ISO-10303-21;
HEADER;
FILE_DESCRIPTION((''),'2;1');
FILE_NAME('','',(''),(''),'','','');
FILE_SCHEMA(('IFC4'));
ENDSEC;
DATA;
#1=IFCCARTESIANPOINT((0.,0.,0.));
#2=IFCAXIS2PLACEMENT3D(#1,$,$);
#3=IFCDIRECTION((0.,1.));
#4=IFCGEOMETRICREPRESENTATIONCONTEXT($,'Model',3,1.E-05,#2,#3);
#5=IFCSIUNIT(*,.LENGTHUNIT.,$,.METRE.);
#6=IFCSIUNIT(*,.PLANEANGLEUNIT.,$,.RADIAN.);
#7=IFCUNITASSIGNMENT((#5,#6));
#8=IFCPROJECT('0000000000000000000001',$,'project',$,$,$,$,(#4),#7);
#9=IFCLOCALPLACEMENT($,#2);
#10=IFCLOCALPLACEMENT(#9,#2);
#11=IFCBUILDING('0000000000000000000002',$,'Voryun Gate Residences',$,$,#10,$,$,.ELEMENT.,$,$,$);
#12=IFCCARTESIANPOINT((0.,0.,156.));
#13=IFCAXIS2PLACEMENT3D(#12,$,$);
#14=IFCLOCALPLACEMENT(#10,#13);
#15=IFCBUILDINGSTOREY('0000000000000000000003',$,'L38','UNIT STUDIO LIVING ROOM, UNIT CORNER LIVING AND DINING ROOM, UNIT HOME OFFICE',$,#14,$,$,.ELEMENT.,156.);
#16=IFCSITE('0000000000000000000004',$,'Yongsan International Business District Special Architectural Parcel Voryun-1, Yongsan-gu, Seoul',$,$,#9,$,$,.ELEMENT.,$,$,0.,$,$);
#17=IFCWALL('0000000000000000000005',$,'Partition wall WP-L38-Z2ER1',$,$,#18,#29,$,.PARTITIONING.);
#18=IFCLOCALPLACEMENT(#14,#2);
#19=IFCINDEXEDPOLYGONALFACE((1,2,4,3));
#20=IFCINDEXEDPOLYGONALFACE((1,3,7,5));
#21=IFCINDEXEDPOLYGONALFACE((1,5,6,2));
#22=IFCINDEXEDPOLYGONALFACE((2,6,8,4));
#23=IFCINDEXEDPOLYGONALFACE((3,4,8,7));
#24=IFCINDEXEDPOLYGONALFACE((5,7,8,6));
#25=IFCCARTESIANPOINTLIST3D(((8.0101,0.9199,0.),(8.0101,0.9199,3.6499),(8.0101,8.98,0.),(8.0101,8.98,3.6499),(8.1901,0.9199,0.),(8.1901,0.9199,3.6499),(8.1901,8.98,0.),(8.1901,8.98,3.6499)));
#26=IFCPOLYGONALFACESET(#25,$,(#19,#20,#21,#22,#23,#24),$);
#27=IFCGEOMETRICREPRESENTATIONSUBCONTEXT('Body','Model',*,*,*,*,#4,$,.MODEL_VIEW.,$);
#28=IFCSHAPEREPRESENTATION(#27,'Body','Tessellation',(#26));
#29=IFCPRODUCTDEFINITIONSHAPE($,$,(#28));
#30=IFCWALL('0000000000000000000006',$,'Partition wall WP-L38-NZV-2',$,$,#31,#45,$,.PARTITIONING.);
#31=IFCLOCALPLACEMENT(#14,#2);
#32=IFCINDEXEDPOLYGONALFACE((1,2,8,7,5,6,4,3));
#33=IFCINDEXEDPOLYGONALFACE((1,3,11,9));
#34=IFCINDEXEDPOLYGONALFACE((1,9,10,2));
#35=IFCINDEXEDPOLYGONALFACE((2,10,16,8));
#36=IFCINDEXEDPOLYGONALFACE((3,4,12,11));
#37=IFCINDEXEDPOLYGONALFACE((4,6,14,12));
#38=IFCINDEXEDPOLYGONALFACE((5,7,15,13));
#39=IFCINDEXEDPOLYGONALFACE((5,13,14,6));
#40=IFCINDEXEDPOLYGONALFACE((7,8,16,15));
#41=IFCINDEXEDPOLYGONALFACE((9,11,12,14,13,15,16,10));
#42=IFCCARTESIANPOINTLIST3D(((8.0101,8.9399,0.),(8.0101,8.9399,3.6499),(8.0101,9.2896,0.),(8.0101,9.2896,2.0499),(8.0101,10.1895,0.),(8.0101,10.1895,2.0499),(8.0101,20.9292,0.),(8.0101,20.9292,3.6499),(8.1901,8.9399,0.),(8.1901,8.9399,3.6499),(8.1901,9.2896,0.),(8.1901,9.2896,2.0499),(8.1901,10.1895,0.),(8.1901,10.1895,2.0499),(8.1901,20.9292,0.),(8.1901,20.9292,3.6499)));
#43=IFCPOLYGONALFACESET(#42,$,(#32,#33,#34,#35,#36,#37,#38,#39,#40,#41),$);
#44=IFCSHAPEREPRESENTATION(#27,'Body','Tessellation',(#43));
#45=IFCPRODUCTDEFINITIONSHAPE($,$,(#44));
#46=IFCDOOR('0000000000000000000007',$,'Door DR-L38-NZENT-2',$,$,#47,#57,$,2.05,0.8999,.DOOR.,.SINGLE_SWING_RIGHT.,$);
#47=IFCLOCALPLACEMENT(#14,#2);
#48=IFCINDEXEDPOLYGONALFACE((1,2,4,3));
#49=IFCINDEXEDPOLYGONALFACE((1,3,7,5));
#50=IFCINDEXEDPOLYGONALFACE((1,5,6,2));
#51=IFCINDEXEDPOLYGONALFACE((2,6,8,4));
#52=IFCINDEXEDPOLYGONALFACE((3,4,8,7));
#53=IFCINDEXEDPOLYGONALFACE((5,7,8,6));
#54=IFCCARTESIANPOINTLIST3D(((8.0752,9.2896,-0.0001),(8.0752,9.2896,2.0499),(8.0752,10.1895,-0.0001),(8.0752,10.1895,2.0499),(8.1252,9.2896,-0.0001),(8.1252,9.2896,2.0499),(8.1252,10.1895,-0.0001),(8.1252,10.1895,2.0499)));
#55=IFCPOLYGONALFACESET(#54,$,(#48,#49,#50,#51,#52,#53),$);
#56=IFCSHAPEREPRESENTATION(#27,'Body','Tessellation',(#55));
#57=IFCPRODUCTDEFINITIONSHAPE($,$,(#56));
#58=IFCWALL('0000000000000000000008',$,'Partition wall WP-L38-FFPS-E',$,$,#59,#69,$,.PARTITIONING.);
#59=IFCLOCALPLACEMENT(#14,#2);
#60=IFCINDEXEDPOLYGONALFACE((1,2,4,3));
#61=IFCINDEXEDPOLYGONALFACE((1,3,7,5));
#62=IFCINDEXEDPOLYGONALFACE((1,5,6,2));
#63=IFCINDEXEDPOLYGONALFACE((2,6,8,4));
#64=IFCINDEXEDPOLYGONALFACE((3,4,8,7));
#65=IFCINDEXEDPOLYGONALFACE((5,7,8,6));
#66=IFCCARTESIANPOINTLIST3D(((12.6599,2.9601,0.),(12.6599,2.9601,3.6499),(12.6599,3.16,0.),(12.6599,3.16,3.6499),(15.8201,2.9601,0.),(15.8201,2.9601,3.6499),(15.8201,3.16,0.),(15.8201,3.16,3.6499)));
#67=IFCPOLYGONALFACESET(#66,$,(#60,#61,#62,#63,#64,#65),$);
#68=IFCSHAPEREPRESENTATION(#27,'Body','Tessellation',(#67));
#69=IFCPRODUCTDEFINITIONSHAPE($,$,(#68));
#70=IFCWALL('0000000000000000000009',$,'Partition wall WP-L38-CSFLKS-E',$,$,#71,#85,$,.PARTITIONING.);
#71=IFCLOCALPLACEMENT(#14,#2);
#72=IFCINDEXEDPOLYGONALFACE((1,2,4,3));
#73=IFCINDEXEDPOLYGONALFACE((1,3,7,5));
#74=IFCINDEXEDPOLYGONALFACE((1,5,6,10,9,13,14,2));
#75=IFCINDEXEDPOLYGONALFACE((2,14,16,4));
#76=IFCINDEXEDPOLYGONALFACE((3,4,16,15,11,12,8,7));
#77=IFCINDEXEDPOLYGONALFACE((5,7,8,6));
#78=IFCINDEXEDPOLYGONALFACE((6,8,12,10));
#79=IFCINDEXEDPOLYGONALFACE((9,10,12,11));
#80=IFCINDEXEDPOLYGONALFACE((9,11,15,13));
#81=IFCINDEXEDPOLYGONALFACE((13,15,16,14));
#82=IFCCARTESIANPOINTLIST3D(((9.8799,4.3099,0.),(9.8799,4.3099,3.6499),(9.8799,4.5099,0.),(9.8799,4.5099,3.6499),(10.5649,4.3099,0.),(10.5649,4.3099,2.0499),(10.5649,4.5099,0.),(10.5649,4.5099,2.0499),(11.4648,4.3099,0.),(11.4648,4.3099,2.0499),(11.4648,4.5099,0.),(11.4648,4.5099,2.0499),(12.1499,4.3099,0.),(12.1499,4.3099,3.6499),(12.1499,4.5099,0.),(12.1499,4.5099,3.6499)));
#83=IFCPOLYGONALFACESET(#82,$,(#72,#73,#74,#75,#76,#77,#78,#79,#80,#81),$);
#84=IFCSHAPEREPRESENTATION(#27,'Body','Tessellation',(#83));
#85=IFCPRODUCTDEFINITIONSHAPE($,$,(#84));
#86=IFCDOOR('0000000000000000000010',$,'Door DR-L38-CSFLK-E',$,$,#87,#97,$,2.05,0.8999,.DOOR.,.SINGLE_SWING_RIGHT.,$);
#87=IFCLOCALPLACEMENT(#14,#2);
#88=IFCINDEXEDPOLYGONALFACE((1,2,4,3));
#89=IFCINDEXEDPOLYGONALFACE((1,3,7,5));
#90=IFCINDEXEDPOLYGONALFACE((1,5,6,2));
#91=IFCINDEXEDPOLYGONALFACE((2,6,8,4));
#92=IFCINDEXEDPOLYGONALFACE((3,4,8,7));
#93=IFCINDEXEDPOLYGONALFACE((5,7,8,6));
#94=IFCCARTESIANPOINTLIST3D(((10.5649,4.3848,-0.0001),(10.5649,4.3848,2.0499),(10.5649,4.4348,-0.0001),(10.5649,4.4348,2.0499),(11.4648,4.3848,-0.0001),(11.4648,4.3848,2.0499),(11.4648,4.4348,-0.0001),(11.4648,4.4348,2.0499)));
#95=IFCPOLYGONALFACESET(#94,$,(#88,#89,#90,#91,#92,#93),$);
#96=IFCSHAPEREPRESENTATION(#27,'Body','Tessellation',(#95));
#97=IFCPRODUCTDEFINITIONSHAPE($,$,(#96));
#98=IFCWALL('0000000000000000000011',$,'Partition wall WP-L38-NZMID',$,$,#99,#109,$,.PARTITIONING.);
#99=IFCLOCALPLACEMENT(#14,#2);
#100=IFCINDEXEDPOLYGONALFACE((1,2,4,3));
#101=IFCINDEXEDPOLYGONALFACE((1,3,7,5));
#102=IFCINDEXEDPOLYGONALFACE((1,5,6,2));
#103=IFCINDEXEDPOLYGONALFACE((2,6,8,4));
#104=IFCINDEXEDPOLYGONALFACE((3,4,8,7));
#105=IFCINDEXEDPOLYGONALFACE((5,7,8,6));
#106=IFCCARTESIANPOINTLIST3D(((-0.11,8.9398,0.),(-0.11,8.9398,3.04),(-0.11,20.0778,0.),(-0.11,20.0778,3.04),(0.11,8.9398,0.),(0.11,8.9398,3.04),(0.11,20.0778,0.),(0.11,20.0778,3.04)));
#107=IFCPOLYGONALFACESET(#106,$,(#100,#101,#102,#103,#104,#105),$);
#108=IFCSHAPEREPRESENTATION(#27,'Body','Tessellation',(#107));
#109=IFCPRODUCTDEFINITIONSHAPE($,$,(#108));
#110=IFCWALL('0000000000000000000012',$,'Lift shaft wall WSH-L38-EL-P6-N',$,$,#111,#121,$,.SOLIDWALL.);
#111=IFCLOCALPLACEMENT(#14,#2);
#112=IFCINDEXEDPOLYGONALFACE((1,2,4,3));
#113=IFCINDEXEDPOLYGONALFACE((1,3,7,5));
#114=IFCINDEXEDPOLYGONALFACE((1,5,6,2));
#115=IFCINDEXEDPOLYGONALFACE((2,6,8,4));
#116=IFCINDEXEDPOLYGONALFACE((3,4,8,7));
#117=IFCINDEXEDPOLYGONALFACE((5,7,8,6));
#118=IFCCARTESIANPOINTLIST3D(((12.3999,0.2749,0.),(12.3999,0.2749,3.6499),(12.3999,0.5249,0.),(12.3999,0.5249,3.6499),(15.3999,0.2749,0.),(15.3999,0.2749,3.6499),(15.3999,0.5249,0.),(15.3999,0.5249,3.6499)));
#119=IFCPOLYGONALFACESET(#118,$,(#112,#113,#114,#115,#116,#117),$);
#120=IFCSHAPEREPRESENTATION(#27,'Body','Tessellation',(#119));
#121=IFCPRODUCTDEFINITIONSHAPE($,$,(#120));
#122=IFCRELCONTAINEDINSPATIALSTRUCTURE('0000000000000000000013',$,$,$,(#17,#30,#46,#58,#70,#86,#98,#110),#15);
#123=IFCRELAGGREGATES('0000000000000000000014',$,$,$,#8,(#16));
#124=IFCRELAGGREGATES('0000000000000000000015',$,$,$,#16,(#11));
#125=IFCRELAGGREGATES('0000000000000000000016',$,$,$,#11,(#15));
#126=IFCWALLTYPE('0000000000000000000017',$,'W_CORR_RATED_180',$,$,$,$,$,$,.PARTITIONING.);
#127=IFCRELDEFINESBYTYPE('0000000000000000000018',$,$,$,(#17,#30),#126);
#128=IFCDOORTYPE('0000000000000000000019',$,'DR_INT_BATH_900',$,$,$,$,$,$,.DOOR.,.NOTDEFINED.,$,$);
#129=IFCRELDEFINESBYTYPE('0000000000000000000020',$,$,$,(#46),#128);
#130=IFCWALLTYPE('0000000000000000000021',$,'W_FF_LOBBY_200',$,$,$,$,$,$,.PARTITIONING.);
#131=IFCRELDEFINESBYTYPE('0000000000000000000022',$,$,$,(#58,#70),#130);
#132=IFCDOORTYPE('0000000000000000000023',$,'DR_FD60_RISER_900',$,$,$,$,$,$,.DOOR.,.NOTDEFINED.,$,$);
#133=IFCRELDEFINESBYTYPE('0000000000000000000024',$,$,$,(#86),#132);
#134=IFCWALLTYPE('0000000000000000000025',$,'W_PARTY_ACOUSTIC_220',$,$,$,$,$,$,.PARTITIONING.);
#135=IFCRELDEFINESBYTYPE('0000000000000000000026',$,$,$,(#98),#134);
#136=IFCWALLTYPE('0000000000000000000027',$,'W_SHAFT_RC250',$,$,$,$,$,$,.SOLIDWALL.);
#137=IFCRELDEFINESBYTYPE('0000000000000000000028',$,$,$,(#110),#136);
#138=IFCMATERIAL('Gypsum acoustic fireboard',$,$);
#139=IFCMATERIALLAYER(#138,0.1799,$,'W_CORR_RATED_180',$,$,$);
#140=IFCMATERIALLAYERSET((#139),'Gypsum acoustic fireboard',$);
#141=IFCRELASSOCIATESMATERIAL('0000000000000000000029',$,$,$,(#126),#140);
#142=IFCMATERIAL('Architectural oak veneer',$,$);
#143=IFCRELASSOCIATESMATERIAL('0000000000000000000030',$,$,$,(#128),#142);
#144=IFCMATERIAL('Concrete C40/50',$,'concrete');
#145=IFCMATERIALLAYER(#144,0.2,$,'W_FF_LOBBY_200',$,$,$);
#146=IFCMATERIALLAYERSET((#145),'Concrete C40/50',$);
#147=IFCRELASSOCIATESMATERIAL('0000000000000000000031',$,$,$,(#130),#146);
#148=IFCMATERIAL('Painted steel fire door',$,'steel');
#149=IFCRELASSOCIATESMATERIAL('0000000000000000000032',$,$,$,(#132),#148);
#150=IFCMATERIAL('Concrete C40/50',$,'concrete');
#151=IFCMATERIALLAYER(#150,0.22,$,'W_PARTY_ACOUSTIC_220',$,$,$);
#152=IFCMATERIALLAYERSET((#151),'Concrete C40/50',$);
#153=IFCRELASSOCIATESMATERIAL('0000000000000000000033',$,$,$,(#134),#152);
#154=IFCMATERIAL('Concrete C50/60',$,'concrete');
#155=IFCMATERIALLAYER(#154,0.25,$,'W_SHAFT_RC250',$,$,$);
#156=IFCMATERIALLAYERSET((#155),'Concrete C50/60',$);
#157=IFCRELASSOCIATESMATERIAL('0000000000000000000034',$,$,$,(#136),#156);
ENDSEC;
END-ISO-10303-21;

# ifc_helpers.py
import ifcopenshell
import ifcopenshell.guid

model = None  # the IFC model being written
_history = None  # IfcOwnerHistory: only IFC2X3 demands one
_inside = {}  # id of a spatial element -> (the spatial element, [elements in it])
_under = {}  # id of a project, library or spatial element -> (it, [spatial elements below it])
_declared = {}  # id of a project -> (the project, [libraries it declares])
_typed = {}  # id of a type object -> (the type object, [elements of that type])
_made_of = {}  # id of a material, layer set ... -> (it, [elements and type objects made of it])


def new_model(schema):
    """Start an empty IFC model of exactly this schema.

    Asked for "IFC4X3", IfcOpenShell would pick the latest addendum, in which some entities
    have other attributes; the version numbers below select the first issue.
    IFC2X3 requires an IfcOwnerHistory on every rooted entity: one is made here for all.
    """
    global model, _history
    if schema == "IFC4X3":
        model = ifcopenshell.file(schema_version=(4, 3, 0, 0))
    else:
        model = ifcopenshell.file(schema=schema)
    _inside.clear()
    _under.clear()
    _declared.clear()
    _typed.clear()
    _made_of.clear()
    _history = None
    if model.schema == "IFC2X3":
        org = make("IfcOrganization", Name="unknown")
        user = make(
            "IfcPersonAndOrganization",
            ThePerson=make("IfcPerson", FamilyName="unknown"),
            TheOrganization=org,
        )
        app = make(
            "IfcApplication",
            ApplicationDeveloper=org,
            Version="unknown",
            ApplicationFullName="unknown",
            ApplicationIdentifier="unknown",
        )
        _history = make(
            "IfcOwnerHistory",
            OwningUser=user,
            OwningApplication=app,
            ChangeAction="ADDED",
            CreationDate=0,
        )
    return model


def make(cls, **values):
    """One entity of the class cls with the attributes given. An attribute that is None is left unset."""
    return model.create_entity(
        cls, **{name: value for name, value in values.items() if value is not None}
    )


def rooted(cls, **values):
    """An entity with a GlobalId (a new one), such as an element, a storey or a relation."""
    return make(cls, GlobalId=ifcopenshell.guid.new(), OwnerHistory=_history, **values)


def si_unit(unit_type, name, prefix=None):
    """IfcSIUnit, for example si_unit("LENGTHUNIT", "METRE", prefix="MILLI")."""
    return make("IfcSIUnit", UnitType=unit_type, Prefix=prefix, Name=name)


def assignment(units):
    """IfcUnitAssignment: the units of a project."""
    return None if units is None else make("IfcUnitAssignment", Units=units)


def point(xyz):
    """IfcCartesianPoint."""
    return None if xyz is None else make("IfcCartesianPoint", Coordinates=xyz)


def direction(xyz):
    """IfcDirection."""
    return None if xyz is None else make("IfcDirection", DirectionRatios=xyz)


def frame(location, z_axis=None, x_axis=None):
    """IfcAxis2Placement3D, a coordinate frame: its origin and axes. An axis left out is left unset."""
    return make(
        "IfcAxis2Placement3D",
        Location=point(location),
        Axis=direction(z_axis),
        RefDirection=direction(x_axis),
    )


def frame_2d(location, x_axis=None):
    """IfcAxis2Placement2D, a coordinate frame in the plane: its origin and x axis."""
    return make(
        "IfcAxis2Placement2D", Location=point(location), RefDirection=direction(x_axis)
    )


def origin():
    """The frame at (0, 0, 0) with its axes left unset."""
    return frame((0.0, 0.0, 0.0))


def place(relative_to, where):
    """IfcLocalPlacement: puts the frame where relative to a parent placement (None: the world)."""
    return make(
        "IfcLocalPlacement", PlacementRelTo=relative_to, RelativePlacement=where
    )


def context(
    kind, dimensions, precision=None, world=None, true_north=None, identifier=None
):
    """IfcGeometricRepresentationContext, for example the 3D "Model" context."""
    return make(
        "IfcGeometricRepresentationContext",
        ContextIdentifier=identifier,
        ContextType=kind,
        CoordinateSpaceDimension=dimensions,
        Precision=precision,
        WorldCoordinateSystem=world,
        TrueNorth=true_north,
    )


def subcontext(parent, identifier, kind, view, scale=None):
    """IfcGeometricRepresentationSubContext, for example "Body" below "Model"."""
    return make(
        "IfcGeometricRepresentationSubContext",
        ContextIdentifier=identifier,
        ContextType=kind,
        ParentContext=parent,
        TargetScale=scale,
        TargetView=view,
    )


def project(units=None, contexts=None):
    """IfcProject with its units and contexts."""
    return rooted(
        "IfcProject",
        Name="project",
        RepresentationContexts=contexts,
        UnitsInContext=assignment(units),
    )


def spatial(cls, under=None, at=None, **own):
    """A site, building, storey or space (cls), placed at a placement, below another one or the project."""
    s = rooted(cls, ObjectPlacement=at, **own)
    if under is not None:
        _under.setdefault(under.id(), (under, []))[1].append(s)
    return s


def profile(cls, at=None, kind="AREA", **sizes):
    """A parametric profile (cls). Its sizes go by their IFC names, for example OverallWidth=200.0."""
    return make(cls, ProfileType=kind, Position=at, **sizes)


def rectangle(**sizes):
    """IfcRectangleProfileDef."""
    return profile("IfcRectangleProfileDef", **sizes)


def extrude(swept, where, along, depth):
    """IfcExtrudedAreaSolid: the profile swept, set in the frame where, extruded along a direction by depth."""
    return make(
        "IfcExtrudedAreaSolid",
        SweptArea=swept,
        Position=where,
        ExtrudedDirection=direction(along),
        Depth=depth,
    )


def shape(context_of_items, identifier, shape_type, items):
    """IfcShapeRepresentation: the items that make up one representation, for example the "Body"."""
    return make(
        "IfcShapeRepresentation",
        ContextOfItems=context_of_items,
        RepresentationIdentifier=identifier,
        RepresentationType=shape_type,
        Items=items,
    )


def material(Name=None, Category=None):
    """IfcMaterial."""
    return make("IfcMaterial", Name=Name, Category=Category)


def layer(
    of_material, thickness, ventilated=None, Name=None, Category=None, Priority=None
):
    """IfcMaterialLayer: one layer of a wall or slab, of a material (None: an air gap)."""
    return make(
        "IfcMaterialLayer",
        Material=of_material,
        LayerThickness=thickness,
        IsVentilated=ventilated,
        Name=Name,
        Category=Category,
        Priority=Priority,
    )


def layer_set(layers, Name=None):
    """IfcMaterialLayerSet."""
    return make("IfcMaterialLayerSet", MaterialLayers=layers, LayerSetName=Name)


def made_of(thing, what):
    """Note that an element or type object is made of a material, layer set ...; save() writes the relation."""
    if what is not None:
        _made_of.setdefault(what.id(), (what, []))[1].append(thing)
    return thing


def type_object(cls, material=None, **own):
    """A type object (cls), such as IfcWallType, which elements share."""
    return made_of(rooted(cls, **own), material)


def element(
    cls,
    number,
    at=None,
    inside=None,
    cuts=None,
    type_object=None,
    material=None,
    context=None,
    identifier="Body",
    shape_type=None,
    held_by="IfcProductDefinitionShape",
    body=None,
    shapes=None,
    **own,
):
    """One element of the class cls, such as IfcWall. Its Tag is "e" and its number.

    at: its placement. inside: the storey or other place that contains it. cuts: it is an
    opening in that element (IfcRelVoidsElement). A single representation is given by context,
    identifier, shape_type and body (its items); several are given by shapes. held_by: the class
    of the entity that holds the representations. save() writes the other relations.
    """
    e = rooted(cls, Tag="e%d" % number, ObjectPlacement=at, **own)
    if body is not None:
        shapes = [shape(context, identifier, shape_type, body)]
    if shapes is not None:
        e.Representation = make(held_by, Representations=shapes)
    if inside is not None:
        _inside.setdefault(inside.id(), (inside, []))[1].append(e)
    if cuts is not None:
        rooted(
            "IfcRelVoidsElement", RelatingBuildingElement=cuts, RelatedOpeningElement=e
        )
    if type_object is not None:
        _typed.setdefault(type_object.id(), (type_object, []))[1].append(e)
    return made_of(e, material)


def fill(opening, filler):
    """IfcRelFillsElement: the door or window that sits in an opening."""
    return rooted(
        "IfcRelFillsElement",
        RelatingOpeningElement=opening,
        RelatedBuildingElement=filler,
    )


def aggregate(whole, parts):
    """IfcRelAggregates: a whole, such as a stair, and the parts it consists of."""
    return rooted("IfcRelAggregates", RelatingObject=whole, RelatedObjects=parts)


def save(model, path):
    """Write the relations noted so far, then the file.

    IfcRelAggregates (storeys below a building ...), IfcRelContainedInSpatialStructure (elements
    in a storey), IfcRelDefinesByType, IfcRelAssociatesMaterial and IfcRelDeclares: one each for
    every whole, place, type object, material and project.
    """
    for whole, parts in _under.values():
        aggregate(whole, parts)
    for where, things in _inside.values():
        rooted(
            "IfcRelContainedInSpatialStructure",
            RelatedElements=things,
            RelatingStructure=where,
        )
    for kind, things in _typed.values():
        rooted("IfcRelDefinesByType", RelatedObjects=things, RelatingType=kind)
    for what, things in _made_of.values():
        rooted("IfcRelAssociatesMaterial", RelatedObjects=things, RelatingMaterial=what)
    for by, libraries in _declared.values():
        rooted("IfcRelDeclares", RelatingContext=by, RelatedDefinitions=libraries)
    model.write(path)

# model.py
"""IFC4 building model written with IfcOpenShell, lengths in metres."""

from ifc_helpers import new_model, si_unit, direction, frame, frame_2d, origin, place, context, subcontext, project, spatial, rectangle, extrude, material, layer, layer_set, type_object, element, fill, save


model = new_model("IFC4")

# Units and contexts
model_context = context("Model", 3, precision=1e-05, world=origin(), true_north=direction((0.0, 1.0)))
body_context = subcontext(model_context, "Body", "Model", "MODEL_VIEW")
ifc_project = project(units=[si_unit("LENGTHUNIT", "METRE"), si_unit("PLANEANGLEUNIT", "RADIAN")], contexts=[model_context])

# Site, building, storey
site_placement = place(None, origin())
site = spatial("IfcSite", under=ifc_project, at=site_placement, Name="Yongsan International Business District Special Architectural Parcel Voryun-1, Yongsan-gu, Seoul", CompositionType="ELEMENT", RefElevation=0.0)
building_placement = place(site_placement, origin())
building = spatial("IfcBuilding", under=site, at=building_placement, Name="Voryun Gate Residences", CompositionType="ELEMENT")
storey_placement = place(building_placement, frame((0.0, 0.0, 156.0)))
storey = spatial("IfcBuildingStorey", under=building, at=storey_placement, Name="L38", Description="UNIT STUDIO LIVING ROOM, UNIT CORNER LIVING AND DINING ROOM, UNIT HOME OFFICE", CompositionType="ELEMENT", Elevation=156.0)

# Wall
ifc_material_1 = material(Name="Gypsum acoustic fireboard")
ifc_layer_1 = layer(ifc_material_1, 0.1799, Name="W_CORR_RATED_180")
ifc_layer_set_1 = layer_set([ifc_layer_1], Name="Gypsum acoustic fireboard")
wall_type_1 = type_object("IfcWallType", Name="W_CORR_RATED_180", PredefinedType="PARTITIONING", material=ifc_layer_set_1)
wall_1_placement = place(storey_placement, frame((8.1001, 0.9199, 0.0), z_axis=(0.0, 0.0, 1.0), x_axis=(0.0, 1.0, 0.0)))
element("IfcWall", 1, at=wall_1_placement, inside=storey, type_object=wall_type_1, Name="Partition wall WP-L38-Z2ER1", PredefinedType="PARTITIONING", context=body_context, shape_type="SweptSolid", body=[
    extrude(rectangle(XDim=8.0601, YDim=0.1799, at=frame_2d((4.03, 0.0))), origin(), (0.0, 0.0, 1.0), 3.6499),
])

# Wall, opening, door
wall_2_placement = place(storey_placement, frame((8.1001, 8.9399, 0.0), z_axis=(0.0, 0.0, 1.0), x_axis=(0.0, 1.0, 0.0)))
wall_2 = element("IfcWall", 2, at=wall_2_placement, inside=storey, type_object=wall_type_1, Name="Partition wall WP-L38-NZV-2", PredefinedType="PARTITIONING", context=body_context, shape_type="SweptSolid", body=[
    extrude(rectangle(XDim=11.9893, YDim=0.1799, at=frame_2d((5.9946, 0.0))), origin(), (0.0, 0.0, 1.0), 3.6499),
])
opening_1_placement = place(wall_2_placement, frame((0.3496, 0.0, 0.0)))
opening_1 = element("IfcOpeningElement", 3, at=opening_1_placement, cuts=wall_2, PredefinedType="OPENING", context=body_context, shape_type="SweptSolid", body=[
    extrude(rectangle(XDim=0.8999, YDim=2.05, at=frame_2d((0.45, 1.0249))), frame((0.0, 0.0999, 0.0), z_axis=(0.0, -1.0, 0.0), x_axis=(1.0, 0.0, 0.0)), (0.0, 0.0, 1.0), 0.2),
])
ifc_material_2 = material(Name="Architectural oak veneer")
door_type_1 = type_object("IfcDoorType", Name="DR_INT_BATH_900", OperationType="NOTDEFINED", PredefinedType="DOOR", material=ifc_material_2)
door_1_placement = place(opening_1_placement, origin())
door_1 = element("IfcDoor", 4, at=door_1_placement, inside=storey, type_object=door_type_1, Name="Door DR-L38-NZENT-2", OperationType="SINGLE_SWING_RIGHT", OverallHeight=2.05, OverallWidth=0.8999, PredefinedType="DOOR", context=body_context, shape_type="SweptSolid", body=[
    extrude(rectangle(XDim=0.8999, YDim=2.05, at=frame_2d((0.45, 1.0249))), frame((0.0, 0.0249, 0.0), z_axis=(0.0, -1.0, 0.0), x_axis=(1.0, 0.0, 0.0)), (0.0, 0.0, 1.0), 0.05),
])
fill(opening_1, door_1)

# Wall
ifc_material_3 = material(Name="Concrete C40/50", Category="concrete")
ifc_layer_2 = layer(ifc_material_3, 0.2, Name="W_FF_LOBBY_200")
ifc_layer_set_2 = layer_set([ifc_layer_2], Name="Concrete C40/50")
wall_type_2 = type_object("IfcWallType", Name="W_FF_LOBBY_200", PredefinedType="PARTITIONING", material=ifc_layer_set_2)
wall_3_placement = place(storey_placement, frame((12.6599, 3.0601, 0.0), z_axis=(0.0, 0.0, 1.0), x_axis=(1.0, 0.0, 0.0)))
element("IfcWall", 5, at=wall_3_placement, inside=storey, type_object=wall_type_2, Name="Partition wall WP-L38-FFPS-E", PredefinedType="PARTITIONING", context=body_context, shape_type="SweptSolid", body=[
    extrude(rectangle(XDim=3.1602, YDim=0.2, at=frame_2d((1.5801, 0.0))), origin(), (0.0, 0.0, 1.0), 3.6499),
])

# Wall, opening, door
wall_4_placement = place(storey_placement, frame((9.8799, 4.4099, 0.0), z_axis=(0.0, 0.0, 1.0), x_axis=(1.0, 0.0, 0.0)))
wall_4 = element("IfcWall", 6, at=wall_4_placement, inside=storey, type_object=wall_type_2, Name="Partition wall WP-L38-CSFLKS-E", PredefinedType="PARTITIONING", context=body_context, shape_type="SweptSolid", body=[
    extrude(rectangle(XDim=2.27, YDim=0.2, at=frame_2d((1.135, 0.0))), origin(), (0.0, 0.0, 1.0), 3.6499),
])
opening_2_placement = place(wall_4_placement, frame((0.6851, 0.0, 0.0)))
opening_2 = element("IfcOpeningElement", 7, at=opening_2_placement, cuts=wall_4, PredefinedType="OPENING", context=body_context, shape_type="SweptSolid", body=[
    extrude(rectangle(XDim=0.8999, YDim=2.05, at=frame_2d((0.45, 1.0249))), frame((0.0, 0.1101, 0.0), z_axis=(0.0, -1.0, 0.0), x_axis=(1.0, 0.0, 0.0)), (0.0, 0.0, 1.0), 0.22),
])
ifc_material_4 = material(Name="Painted steel fire door", Category="steel")
door_type_2 = type_object("IfcDoorType", Name="DR_FD60_RISER_900", OperationType="NOTDEFINED", PredefinedType="DOOR", material=ifc_material_4)
door_2_placement = place(opening_2_placement, origin())
door_2 = element("IfcDoor", 8, at=door_2_placement, inside=storey, type_object=door_type_2, Name="Door DR-L38-CSFLK-E", OperationType="SINGLE_SWING_RIGHT", OverallHeight=2.05, OverallWidth=0.8999, PredefinedType="DOOR", context=body_context, shape_type="SweptSolid", body=[
    extrude(rectangle(XDim=0.8999, YDim=2.05, at=frame_2d((0.45, 1.0249))), frame((0.0, 0.0249, 0.0), z_axis=(0.0, -1.0, 0.0), x_axis=(1.0, 0.0, 0.0)), (0.0, 0.0, 1.0), 0.05),
])
fill(opening_2, door_2)

# Walls
ifc_material_5 = material(Name="Concrete C40/50", Category="concrete")
ifc_layer_3 = layer(ifc_material_5, 0.22, Name="W_PARTY_ACOUSTIC_220")
ifc_layer_set_3 = layer_set([ifc_layer_3], Name="Concrete C40/50")
wall_type_3 = type_object("IfcWallType", Name="W_PARTY_ACOUSTIC_220", PredefinedType="PARTITIONING", material=ifc_layer_set_3)
wall_5_placement = place(storey_placement, frame((0.0, 8.9399, 0.0), z_axis=(0.0, 0.0, 1.0), x_axis=(0.0, 1.0, 0.0)))
element("IfcWall", 9, at=wall_5_placement, inside=storey, type_object=wall_type_3, Name="Partition wall WP-L38-NZMID", PredefinedType="PARTITIONING", context=body_context, shape_type="SweptSolid", body=[
    extrude(rectangle(XDim=11.1379, YDim=0.22, at=frame_2d((5.5688, 0.0))), origin(), (0.0, 0.0, 1.0), 3.04),
])
ifc_material_6 = material(Name="Concrete C50/60", Category="concrete")
ifc_layer_4 = layer(ifc_material_6, 0.25, Name="W_SHAFT_RC250")
ifc_layer_set_4 = layer_set([ifc_layer_4], Name="Concrete C50/60")
wall_type_4 = type_object("IfcWallType", Name="W_SHAFT_RC250", PredefinedType="SOLIDWALL", material=ifc_layer_set_4)
wall_6_placement = place(storey_placement, frame((15.3999, 0.3999, 0.0), z_axis=(0.0, 0.0, 1.0), x_axis=(-1.0, 0.0, 0.0)))
element("IfcWall", 10, at=wall_6_placement, inside=storey, type_object=wall_type_4, Name="Lift shaft wall WSH-L38-EL-P6-N", PredefinedType="SOLIDWALL", context=body_context, shape_type="SweptSolid", body=[
    extrude(rectangle(XDim=3.0, YDim=0.25, at=frame_2d((1.5, 0.0))), origin(), (0.0, 0.0, 1.0), 3.6499),
])

save(model, "model.ifc")
